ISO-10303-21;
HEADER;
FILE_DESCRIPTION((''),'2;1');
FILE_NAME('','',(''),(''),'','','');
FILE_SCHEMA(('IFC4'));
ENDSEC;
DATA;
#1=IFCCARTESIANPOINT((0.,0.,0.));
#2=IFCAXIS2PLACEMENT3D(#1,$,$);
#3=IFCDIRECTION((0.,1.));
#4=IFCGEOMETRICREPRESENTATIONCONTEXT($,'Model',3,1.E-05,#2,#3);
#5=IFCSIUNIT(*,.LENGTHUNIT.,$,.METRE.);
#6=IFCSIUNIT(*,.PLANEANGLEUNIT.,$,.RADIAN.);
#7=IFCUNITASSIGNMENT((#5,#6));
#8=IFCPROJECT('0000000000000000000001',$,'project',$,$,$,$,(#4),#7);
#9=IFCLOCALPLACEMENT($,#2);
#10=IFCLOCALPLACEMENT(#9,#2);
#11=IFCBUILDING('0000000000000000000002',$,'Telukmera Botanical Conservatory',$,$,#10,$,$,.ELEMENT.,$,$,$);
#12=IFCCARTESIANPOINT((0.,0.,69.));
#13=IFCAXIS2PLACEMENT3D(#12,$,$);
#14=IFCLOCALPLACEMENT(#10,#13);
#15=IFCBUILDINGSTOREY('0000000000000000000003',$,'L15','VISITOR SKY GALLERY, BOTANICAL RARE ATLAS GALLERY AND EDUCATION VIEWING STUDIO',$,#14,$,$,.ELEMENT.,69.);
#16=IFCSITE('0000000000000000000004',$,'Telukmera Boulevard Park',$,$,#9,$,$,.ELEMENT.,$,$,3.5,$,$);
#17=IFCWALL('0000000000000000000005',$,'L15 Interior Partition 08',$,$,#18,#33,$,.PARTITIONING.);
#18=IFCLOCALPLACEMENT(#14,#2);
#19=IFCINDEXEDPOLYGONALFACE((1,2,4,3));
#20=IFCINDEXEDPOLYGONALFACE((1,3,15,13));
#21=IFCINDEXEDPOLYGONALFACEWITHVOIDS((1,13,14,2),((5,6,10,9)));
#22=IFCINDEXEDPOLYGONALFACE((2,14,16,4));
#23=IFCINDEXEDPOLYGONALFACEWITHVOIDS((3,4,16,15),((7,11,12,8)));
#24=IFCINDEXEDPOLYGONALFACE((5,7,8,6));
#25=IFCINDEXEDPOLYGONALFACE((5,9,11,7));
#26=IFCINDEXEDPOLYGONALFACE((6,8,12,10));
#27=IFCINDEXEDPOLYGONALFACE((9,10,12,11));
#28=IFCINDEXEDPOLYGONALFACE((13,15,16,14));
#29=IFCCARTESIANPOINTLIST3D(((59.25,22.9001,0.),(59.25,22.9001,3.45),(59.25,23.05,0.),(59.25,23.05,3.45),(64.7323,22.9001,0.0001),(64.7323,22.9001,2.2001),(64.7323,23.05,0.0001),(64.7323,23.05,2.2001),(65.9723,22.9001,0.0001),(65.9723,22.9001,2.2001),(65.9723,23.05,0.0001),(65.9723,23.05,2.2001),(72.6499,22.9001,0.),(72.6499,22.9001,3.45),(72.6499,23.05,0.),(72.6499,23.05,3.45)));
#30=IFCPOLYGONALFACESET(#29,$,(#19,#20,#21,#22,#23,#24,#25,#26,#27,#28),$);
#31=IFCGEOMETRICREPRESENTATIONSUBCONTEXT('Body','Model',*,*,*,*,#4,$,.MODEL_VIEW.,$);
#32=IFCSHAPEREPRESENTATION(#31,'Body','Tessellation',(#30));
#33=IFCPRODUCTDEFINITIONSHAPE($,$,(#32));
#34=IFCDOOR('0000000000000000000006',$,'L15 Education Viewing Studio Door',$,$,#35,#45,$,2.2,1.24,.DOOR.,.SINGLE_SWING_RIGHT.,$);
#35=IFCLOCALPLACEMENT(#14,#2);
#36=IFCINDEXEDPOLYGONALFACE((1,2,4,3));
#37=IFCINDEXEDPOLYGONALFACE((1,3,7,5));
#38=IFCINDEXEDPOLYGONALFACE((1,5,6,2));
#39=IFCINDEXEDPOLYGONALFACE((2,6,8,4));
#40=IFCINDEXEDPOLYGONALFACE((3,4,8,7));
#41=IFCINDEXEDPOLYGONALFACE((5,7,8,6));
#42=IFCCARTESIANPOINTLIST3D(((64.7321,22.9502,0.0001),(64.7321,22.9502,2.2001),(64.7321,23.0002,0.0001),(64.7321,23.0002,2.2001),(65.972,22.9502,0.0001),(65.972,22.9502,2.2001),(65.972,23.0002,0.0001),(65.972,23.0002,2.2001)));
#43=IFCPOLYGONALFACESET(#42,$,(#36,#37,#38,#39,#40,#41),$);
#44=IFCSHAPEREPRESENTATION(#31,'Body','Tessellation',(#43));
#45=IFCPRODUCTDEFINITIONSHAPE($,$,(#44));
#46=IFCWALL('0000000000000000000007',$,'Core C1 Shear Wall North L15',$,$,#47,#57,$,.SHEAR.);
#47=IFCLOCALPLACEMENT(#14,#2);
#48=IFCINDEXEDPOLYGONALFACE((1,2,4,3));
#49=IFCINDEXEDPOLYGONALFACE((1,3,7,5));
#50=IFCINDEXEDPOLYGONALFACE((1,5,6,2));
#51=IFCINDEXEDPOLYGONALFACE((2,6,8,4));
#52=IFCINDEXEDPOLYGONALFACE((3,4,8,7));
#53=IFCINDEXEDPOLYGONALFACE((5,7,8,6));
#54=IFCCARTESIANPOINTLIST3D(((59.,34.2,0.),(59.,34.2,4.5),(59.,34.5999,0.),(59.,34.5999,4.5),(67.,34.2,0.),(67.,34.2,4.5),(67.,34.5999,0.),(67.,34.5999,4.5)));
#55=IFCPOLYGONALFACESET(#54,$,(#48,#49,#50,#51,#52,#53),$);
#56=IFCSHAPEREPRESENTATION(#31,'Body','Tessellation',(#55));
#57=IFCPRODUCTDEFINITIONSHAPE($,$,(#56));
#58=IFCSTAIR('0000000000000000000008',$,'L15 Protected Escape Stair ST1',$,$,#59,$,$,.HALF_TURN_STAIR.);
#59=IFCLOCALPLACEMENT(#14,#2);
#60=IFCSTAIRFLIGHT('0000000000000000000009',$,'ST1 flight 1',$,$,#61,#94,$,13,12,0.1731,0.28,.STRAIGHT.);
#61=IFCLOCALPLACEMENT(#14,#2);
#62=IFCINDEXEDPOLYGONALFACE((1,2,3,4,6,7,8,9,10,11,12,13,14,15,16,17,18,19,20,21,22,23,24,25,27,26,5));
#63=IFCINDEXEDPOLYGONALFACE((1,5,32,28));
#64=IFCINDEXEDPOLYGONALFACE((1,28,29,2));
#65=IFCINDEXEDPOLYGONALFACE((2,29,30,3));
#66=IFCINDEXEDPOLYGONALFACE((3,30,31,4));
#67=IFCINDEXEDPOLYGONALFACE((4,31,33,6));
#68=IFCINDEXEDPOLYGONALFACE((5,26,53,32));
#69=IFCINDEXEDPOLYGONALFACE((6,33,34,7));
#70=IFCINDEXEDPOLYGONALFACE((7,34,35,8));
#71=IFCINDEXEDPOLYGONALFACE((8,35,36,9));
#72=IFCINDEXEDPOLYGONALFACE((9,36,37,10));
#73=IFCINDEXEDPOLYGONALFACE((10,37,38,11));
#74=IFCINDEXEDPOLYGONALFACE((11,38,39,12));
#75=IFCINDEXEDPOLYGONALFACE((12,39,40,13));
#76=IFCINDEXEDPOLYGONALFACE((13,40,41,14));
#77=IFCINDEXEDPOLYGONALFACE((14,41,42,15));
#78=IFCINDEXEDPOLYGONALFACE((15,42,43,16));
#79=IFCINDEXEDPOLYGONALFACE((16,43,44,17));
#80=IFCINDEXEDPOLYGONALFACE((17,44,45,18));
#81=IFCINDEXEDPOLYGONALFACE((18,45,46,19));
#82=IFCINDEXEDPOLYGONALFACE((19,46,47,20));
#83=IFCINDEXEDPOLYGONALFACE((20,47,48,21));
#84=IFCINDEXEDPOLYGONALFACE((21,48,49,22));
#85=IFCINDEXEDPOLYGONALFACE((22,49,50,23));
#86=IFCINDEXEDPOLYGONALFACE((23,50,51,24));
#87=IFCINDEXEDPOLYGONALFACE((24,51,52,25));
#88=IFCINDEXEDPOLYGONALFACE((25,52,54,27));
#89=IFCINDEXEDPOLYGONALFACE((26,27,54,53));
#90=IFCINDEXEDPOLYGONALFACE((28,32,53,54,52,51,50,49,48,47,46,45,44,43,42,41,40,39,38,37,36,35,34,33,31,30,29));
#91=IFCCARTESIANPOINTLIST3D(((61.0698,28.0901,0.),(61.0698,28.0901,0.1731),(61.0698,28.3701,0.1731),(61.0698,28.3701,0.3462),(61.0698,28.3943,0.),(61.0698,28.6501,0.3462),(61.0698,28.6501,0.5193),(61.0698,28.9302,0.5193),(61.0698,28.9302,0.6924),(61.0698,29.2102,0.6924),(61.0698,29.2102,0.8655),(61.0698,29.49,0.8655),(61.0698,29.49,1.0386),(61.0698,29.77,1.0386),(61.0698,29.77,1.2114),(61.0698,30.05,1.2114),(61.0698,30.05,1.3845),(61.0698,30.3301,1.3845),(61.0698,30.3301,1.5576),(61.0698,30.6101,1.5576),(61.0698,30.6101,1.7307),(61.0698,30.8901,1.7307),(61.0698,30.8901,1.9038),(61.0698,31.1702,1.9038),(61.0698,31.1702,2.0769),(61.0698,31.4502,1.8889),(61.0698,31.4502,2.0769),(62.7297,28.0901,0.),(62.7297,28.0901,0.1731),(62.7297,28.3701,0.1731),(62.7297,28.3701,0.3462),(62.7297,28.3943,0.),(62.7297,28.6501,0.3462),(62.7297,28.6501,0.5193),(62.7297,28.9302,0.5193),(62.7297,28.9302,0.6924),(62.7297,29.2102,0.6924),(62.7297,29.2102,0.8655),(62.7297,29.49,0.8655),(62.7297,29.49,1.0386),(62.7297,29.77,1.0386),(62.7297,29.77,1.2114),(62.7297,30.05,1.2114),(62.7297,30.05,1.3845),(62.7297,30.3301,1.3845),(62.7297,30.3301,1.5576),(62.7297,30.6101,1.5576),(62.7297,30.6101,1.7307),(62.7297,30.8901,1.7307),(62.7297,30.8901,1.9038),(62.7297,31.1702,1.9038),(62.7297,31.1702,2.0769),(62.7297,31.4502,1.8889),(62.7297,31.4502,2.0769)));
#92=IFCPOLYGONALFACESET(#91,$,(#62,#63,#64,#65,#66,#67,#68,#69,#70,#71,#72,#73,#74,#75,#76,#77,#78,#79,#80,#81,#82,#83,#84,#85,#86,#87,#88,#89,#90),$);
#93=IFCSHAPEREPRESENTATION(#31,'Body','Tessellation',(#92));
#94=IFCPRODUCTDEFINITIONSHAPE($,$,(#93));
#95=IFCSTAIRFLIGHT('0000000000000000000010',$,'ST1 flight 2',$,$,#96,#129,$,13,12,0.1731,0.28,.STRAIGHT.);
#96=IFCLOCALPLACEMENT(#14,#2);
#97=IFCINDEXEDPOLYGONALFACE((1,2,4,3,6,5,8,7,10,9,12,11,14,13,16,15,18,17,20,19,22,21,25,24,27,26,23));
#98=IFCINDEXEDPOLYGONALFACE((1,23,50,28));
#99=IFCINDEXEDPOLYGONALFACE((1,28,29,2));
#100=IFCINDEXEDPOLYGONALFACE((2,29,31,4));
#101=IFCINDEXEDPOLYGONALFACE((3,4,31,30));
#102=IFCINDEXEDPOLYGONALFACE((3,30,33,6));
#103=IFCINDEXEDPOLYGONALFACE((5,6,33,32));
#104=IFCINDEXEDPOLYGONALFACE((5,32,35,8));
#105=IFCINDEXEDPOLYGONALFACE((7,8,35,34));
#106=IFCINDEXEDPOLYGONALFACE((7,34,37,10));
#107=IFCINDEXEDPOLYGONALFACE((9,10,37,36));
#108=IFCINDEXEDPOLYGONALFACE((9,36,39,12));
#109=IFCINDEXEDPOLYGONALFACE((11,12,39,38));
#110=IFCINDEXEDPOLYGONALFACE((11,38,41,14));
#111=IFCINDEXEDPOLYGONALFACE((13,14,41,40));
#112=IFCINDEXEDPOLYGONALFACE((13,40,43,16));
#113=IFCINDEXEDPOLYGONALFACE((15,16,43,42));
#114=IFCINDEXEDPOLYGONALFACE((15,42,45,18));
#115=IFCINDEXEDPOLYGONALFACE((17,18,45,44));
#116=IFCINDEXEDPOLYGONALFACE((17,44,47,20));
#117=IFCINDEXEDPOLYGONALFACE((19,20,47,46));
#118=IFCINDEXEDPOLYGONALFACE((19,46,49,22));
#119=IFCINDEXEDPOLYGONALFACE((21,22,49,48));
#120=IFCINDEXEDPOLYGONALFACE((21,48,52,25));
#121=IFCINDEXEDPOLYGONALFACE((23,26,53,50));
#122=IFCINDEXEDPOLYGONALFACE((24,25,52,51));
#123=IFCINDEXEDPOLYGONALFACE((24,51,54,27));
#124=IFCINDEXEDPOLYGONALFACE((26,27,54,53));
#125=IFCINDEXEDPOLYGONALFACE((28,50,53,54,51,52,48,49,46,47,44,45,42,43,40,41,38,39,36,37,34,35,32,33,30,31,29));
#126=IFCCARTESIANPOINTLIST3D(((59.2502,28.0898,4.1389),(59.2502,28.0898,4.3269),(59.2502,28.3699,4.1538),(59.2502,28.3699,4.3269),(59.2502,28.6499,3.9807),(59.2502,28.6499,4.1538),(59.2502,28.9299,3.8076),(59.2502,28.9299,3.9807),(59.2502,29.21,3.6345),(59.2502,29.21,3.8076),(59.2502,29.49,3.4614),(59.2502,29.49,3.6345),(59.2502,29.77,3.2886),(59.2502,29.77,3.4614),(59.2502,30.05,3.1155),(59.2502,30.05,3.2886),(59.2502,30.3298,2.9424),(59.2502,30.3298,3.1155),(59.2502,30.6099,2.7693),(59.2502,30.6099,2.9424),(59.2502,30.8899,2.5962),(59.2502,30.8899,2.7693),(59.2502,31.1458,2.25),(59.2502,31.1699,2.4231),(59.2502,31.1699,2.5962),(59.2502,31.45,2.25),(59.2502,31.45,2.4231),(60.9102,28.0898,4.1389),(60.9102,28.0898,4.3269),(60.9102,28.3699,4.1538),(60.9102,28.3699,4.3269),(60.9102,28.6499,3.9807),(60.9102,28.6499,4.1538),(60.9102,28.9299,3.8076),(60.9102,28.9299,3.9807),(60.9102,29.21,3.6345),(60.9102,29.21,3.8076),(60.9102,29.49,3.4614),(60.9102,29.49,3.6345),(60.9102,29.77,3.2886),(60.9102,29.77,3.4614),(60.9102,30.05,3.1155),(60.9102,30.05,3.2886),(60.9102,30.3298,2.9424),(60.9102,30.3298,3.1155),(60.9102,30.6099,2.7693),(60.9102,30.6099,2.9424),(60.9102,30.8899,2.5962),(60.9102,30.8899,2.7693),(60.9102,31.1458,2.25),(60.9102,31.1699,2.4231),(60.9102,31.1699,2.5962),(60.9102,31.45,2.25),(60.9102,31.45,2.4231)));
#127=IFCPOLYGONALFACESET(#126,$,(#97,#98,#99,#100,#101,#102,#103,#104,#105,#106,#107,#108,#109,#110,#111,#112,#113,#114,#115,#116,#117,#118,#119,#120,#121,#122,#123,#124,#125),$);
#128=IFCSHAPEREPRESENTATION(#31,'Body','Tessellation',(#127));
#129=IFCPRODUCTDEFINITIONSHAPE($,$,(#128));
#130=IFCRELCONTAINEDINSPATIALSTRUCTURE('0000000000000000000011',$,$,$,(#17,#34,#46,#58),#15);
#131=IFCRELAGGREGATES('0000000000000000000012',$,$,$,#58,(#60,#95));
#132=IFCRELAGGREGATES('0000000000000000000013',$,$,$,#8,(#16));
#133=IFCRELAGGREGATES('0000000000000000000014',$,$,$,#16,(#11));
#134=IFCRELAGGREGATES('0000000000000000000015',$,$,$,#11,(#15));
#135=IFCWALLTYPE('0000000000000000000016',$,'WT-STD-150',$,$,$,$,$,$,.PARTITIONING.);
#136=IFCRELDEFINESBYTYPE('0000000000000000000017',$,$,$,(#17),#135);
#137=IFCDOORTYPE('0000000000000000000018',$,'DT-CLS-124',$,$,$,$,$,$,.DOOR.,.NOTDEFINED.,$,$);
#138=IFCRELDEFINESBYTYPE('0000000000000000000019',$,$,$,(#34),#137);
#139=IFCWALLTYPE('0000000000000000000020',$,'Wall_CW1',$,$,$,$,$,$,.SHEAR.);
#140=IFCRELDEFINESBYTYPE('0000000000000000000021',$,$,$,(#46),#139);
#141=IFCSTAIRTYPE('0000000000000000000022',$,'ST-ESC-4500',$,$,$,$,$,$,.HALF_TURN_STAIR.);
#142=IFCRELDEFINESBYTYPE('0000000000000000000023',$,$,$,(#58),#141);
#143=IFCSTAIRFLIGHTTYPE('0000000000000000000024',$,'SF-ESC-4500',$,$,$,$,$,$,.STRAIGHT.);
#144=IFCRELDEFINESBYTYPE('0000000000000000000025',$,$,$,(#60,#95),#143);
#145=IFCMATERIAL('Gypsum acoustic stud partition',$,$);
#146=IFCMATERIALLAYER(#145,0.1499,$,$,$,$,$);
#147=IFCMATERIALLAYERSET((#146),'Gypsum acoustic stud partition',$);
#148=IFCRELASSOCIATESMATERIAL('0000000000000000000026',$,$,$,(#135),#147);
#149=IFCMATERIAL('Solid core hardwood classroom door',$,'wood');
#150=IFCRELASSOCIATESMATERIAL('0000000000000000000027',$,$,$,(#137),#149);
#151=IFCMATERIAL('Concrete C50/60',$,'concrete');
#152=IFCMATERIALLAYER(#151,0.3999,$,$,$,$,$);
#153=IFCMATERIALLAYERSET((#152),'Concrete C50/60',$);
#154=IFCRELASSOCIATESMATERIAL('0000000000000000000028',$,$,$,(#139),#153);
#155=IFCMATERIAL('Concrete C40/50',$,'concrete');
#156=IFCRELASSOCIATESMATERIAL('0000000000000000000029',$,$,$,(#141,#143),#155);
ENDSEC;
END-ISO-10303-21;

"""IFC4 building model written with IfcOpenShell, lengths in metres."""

from ifc_helpers import new_model, si_unit, direction, frame, frame_2d, origin, place, context, subcontext, project, spatial, polyline, rectangle, outline, extrude, material, layer, layer_set, type_object, element, fill, aggregate, save


model = new_model("IFC4")

# Units and contexts
model_context = context("Model", 3, precision=1e-05, world=origin(), true_north=direction((0.0, 1.0)))
body_context = subcontext(model_context, "Body", "Model", "MODEL_VIEW")
ifc_project = project(units=[si_unit("LENGTHUNIT", "METRE"), si_unit("PLANEANGLEUNIT", "RADIAN")], contexts=[model_context])

# Site, building, storey
site_placement = place(None, origin())
site = spatial("IfcSite", under=ifc_project, at=site_placement, Name="Telukmera Boulevard Park", CompositionType="ELEMENT", RefElevation=3.5)
building_placement = place(site_placement, origin())
building = spatial("IfcBuilding", under=site, at=building_placement, Name="Telukmera Botanical Conservatory", CompositionType="ELEMENT")
storey_placement = place(building_placement, frame((0.0, 0.0, 69.0)))
storey = spatial("IfcBuildingStorey", under=building, at=storey_placement, Name="L15", Description="VISITOR SKY GALLERY, BOTANICAL RARE ATLAS GALLERY AND EDUCATION VIEWING STUDIO", CompositionType="ELEMENT", Elevation=69.0)

# Shared definitions
ifc_material_1 = material(Name="Concrete C40/50", Category="concrete")

# Wall, opening, door
ifc_material_2 = material(Name="Gypsum acoustic stud partition")
ifc_layer_1 = layer(ifc_material_2, 0.1499)
ifc_layer_set_1 = layer_set([ifc_layer_1], Name="Gypsum acoustic stud partition")
wall_type_1 = type_object("IfcWallType", Name="WT-STD-150", PredefinedType="PARTITIONING", material=ifc_layer_set_1)
wall_1_placement = place(storey_placement, frame((59.25, 22.9751, 0.0), z_axis=(0.0, 0.0, 1.0), x_axis=(1.0, 0.0, 0.0)))
wall_1 = element("IfcWall", 1, at=wall_1_placement, inside=storey, type_object=wall_type_1, Name="L15 Interior Partition 08", PredefinedType="PARTITIONING", context=body_context, shape_type="SweptSolid", body=[
    extrude(rectangle(XDim=13.3999, YDim=0.1499, at=frame_2d((6.7, 0.0))), origin(), (0.0, 0.0, 1.0), 3.45),
])
opening_1_placement = place(wall_1_placement, frame((5.4822, 0.0, 0.0)))
opening_1 = element("IfcOpeningElement", 2, at=opening_1_placement, cuts=wall_1, PredefinedType="OPENING", context=body_context, shape_type="SweptSolid", body=[
    extrude(rectangle(XDim=1.24, YDim=2.2, at=frame_2d((0.6201, 1.1001))), frame((0.0, 0.085, 0.0), z_axis=(0.0, -1.0, 0.0), x_axis=(1.0, 0.0, 0.0)), (0.0, 0.0, 1.0), 0.1699),
])
ifc_material_3 = material(Name="Solid core hardwood classroom door", Category="wood")
door_type_1 = type_object("IfcDoorType", Name="DT-CLS-124", OperationType="NOTDEFINED", PredefinedType="DOOR", material=ifc_material_3)
door_1_placement = place(opening_1_placement, frame((1.24, 0.0, 0.0), z_axis=(0.0, 0.0, 1.0), x_axis=(-1.0, 0.0, 0.0)))
door_1 = element("IfcDoor", 3, at=door_1_placement, inside=storey, type_object=door_type_1, Name="L15 Education Viewing Studio Door", OperationType="SINGLE_SWING_RIGHT", OverallHeight=2.2, OverallWidth=1.24, PredefinedType="DOOR", context=body_context, shape_type="SweptSolid", body=[
    extrude(rectangle(XDim=1.24, YDim=2.2, at=frame_2d((0.6201, 1.1001))), frame((0.0, 0.0249, 0.0), z_axis=(0.0, -1.0, 0.0), x_axis=(1.0, 0.0, 0.0)), (0.0, 0.0, 1.0), 0.05),
])
fill(opening_1, door_1)

# Wall
ifc_material_4 = material(Name="Concrete C50/60", Category="concrete")
ifc_layer_2 = layer(ifc_material_4, 0.3999)
ifc_layer_set_2 = layer_set([ifc_layer_2], Name="Concrete C50/60")
wall_type_2 = type_object("IfcWallType", Name="Wall_CW1", PredefinedType="SHEAR", material=ifc_layer_set_2)
wall_2_placement = place(storey_placement, frame((59.0, 34.3999, 0.0), z_axis=(0.0, 0.0, 1.0), x_axis=(1.0, 0.0, 0.0)))
element("IfcWall", 4, at=wall_2_placement, inside=storey, type_object=wall_type_2, Name="Core C1 Shear Wall North L15", PredefinedType="SHEAR", context=body_context, shape_type="SweptSolid", body=[
    extrude(rectangle(XDim=8.0, YDim=0.3999, at=frame_2d((4.0, 0.0))), origin(), (0.0, 0.0, 1.0), 4.5),
])

# Stair, stair flights
stair_type = type_object("IfcStairType", Name="ST-ESC-4500", PredefinedType="HALF_TURN_STAIR", material=ifc_material_1)
stair_placement = place(storey_placement, origin())
stair = element("IfcStair", 5, at=stair_placement, inside=storey, type_object=stair_type, Name="L15 Protected Escape Stair ST1", PredefinedType="HALF_TURN_STAIR")
stair_flight_type = type_object("IfcStairFlightType", Name="SF-ESC-4500", PredefinedType="STRAIGHT", material=ifc_material_1)
stair_flight_1_placement = place(storey_placement, frame((61.8999, 28.0901, 0.0), z_axis=(0.0, 0.0, 1.0), x_axis=(0.0, 1.0, 0.0)))
stair_flight_1 = element("IfcStairFlight", 6, at=stair_flight_1_placement, type_object=stair_flight_type, Name="ST1 flight 1", NumberOfRisers=13, NumberOfTreads=12, PredefinedType="STRAIGHT", RiserHeight=0.1731, TreadLength=0.28, context=body_context, shape_type="SweptSolid", body=[
    extrude(outline(polyline([(0.0, 0.0), (0.0, 0.1731), (0.28, 0.1731), (0.28, 0.3462), (0.5601, 0.3462), (0.5601, 0.5193), (0.8401, 0.5193), (0.8401, 0.6924), (1.1201, 0.6924), (1.1201, 0.8655), (1.3999, 0.8655), (1.3999, 1.0386), (1.6799, 1.0386), (1.6799, 1.2114), (1.96, 1.2114), (1.96, 1.3845), (2.24, 1.3845), (2.24, 1.5576), (2.52, 1.5576), (2.52, 1.7307), (2.8, 1.7307), (2.8, 1.9038), (3.0801, 1.9038), (3.0801, 2.0769), (3.3601, 2.0769), (3.3601, 2.25), (3.3601, 1.8889), (0.3042, 0.0), (0.0, 0.0)])), frame((0.0, 0.8301, 0.0), z_axis=(0.0, -1.0, 0.0), x_axis=(1.0, 0.0, 0.0)), (0.0, 0.0, 1.0), 1.6599),
])
stair_flight_2_placement = place(storey_placement, frame((60.0801, 31.45, 2.25), z_axis=(0.0, 0.0, 1.0), x_axis=(0.0, -1.0, 0.0)))
stair_flight_2 = element("IfcStairFlight", 7, at=stair_flight_2_placement, type_object=stair_flight_type, Name="ST1 flight 2", NumberOfRisers=13, NumberOfTreads=12, PredefinedType="STRAIGHT", RiserHeight=0.1731, TreadLength=0.28, context=body_context, shape_type="SweptSolid", body=[
    extrude(outline(polyline([(0.0, 0.0), (0.0, 0.1731), (0.28, 0.1731), (0.28, 0.3462), (0.5601, 0.3462), (0.5601, 0.5193), (0.8401, 0.5193), (0.8401, 0.6924), (1.1201, 0.6924), (1.1201, 0.8655), (1.3999, 0.8655), (1.3999, 1.0386), (1.6799, 1.0386), (1.6799, 1.2114), (1.96, 1.2114), (1.96, 1.3845), (2.24, 1.3845), (2.24, 1.5576), (2.52, 1.5576), (2.52, 1.7307), (2.8, 1.7307), (2.8, 1.9038), (3.0801, 1.9038), (3.0801, 2.0769), (3.3601, 2.0769), (3.3601, 2.25), (3.3601, 1.8889), (0.3042, 0.0), (0.0, 0.0)])), frame((0.0, 0.8301, 0.0), z_axis=(0.0, -1.0, 0.0), x_axis=(1.0, 0.0, 0.0)), (0.0, 0.0, 1.0), 1.6599),
])
aggregate(stair, [stair_flight_1, stair_flight_2])

save(model, "model.ifc")
